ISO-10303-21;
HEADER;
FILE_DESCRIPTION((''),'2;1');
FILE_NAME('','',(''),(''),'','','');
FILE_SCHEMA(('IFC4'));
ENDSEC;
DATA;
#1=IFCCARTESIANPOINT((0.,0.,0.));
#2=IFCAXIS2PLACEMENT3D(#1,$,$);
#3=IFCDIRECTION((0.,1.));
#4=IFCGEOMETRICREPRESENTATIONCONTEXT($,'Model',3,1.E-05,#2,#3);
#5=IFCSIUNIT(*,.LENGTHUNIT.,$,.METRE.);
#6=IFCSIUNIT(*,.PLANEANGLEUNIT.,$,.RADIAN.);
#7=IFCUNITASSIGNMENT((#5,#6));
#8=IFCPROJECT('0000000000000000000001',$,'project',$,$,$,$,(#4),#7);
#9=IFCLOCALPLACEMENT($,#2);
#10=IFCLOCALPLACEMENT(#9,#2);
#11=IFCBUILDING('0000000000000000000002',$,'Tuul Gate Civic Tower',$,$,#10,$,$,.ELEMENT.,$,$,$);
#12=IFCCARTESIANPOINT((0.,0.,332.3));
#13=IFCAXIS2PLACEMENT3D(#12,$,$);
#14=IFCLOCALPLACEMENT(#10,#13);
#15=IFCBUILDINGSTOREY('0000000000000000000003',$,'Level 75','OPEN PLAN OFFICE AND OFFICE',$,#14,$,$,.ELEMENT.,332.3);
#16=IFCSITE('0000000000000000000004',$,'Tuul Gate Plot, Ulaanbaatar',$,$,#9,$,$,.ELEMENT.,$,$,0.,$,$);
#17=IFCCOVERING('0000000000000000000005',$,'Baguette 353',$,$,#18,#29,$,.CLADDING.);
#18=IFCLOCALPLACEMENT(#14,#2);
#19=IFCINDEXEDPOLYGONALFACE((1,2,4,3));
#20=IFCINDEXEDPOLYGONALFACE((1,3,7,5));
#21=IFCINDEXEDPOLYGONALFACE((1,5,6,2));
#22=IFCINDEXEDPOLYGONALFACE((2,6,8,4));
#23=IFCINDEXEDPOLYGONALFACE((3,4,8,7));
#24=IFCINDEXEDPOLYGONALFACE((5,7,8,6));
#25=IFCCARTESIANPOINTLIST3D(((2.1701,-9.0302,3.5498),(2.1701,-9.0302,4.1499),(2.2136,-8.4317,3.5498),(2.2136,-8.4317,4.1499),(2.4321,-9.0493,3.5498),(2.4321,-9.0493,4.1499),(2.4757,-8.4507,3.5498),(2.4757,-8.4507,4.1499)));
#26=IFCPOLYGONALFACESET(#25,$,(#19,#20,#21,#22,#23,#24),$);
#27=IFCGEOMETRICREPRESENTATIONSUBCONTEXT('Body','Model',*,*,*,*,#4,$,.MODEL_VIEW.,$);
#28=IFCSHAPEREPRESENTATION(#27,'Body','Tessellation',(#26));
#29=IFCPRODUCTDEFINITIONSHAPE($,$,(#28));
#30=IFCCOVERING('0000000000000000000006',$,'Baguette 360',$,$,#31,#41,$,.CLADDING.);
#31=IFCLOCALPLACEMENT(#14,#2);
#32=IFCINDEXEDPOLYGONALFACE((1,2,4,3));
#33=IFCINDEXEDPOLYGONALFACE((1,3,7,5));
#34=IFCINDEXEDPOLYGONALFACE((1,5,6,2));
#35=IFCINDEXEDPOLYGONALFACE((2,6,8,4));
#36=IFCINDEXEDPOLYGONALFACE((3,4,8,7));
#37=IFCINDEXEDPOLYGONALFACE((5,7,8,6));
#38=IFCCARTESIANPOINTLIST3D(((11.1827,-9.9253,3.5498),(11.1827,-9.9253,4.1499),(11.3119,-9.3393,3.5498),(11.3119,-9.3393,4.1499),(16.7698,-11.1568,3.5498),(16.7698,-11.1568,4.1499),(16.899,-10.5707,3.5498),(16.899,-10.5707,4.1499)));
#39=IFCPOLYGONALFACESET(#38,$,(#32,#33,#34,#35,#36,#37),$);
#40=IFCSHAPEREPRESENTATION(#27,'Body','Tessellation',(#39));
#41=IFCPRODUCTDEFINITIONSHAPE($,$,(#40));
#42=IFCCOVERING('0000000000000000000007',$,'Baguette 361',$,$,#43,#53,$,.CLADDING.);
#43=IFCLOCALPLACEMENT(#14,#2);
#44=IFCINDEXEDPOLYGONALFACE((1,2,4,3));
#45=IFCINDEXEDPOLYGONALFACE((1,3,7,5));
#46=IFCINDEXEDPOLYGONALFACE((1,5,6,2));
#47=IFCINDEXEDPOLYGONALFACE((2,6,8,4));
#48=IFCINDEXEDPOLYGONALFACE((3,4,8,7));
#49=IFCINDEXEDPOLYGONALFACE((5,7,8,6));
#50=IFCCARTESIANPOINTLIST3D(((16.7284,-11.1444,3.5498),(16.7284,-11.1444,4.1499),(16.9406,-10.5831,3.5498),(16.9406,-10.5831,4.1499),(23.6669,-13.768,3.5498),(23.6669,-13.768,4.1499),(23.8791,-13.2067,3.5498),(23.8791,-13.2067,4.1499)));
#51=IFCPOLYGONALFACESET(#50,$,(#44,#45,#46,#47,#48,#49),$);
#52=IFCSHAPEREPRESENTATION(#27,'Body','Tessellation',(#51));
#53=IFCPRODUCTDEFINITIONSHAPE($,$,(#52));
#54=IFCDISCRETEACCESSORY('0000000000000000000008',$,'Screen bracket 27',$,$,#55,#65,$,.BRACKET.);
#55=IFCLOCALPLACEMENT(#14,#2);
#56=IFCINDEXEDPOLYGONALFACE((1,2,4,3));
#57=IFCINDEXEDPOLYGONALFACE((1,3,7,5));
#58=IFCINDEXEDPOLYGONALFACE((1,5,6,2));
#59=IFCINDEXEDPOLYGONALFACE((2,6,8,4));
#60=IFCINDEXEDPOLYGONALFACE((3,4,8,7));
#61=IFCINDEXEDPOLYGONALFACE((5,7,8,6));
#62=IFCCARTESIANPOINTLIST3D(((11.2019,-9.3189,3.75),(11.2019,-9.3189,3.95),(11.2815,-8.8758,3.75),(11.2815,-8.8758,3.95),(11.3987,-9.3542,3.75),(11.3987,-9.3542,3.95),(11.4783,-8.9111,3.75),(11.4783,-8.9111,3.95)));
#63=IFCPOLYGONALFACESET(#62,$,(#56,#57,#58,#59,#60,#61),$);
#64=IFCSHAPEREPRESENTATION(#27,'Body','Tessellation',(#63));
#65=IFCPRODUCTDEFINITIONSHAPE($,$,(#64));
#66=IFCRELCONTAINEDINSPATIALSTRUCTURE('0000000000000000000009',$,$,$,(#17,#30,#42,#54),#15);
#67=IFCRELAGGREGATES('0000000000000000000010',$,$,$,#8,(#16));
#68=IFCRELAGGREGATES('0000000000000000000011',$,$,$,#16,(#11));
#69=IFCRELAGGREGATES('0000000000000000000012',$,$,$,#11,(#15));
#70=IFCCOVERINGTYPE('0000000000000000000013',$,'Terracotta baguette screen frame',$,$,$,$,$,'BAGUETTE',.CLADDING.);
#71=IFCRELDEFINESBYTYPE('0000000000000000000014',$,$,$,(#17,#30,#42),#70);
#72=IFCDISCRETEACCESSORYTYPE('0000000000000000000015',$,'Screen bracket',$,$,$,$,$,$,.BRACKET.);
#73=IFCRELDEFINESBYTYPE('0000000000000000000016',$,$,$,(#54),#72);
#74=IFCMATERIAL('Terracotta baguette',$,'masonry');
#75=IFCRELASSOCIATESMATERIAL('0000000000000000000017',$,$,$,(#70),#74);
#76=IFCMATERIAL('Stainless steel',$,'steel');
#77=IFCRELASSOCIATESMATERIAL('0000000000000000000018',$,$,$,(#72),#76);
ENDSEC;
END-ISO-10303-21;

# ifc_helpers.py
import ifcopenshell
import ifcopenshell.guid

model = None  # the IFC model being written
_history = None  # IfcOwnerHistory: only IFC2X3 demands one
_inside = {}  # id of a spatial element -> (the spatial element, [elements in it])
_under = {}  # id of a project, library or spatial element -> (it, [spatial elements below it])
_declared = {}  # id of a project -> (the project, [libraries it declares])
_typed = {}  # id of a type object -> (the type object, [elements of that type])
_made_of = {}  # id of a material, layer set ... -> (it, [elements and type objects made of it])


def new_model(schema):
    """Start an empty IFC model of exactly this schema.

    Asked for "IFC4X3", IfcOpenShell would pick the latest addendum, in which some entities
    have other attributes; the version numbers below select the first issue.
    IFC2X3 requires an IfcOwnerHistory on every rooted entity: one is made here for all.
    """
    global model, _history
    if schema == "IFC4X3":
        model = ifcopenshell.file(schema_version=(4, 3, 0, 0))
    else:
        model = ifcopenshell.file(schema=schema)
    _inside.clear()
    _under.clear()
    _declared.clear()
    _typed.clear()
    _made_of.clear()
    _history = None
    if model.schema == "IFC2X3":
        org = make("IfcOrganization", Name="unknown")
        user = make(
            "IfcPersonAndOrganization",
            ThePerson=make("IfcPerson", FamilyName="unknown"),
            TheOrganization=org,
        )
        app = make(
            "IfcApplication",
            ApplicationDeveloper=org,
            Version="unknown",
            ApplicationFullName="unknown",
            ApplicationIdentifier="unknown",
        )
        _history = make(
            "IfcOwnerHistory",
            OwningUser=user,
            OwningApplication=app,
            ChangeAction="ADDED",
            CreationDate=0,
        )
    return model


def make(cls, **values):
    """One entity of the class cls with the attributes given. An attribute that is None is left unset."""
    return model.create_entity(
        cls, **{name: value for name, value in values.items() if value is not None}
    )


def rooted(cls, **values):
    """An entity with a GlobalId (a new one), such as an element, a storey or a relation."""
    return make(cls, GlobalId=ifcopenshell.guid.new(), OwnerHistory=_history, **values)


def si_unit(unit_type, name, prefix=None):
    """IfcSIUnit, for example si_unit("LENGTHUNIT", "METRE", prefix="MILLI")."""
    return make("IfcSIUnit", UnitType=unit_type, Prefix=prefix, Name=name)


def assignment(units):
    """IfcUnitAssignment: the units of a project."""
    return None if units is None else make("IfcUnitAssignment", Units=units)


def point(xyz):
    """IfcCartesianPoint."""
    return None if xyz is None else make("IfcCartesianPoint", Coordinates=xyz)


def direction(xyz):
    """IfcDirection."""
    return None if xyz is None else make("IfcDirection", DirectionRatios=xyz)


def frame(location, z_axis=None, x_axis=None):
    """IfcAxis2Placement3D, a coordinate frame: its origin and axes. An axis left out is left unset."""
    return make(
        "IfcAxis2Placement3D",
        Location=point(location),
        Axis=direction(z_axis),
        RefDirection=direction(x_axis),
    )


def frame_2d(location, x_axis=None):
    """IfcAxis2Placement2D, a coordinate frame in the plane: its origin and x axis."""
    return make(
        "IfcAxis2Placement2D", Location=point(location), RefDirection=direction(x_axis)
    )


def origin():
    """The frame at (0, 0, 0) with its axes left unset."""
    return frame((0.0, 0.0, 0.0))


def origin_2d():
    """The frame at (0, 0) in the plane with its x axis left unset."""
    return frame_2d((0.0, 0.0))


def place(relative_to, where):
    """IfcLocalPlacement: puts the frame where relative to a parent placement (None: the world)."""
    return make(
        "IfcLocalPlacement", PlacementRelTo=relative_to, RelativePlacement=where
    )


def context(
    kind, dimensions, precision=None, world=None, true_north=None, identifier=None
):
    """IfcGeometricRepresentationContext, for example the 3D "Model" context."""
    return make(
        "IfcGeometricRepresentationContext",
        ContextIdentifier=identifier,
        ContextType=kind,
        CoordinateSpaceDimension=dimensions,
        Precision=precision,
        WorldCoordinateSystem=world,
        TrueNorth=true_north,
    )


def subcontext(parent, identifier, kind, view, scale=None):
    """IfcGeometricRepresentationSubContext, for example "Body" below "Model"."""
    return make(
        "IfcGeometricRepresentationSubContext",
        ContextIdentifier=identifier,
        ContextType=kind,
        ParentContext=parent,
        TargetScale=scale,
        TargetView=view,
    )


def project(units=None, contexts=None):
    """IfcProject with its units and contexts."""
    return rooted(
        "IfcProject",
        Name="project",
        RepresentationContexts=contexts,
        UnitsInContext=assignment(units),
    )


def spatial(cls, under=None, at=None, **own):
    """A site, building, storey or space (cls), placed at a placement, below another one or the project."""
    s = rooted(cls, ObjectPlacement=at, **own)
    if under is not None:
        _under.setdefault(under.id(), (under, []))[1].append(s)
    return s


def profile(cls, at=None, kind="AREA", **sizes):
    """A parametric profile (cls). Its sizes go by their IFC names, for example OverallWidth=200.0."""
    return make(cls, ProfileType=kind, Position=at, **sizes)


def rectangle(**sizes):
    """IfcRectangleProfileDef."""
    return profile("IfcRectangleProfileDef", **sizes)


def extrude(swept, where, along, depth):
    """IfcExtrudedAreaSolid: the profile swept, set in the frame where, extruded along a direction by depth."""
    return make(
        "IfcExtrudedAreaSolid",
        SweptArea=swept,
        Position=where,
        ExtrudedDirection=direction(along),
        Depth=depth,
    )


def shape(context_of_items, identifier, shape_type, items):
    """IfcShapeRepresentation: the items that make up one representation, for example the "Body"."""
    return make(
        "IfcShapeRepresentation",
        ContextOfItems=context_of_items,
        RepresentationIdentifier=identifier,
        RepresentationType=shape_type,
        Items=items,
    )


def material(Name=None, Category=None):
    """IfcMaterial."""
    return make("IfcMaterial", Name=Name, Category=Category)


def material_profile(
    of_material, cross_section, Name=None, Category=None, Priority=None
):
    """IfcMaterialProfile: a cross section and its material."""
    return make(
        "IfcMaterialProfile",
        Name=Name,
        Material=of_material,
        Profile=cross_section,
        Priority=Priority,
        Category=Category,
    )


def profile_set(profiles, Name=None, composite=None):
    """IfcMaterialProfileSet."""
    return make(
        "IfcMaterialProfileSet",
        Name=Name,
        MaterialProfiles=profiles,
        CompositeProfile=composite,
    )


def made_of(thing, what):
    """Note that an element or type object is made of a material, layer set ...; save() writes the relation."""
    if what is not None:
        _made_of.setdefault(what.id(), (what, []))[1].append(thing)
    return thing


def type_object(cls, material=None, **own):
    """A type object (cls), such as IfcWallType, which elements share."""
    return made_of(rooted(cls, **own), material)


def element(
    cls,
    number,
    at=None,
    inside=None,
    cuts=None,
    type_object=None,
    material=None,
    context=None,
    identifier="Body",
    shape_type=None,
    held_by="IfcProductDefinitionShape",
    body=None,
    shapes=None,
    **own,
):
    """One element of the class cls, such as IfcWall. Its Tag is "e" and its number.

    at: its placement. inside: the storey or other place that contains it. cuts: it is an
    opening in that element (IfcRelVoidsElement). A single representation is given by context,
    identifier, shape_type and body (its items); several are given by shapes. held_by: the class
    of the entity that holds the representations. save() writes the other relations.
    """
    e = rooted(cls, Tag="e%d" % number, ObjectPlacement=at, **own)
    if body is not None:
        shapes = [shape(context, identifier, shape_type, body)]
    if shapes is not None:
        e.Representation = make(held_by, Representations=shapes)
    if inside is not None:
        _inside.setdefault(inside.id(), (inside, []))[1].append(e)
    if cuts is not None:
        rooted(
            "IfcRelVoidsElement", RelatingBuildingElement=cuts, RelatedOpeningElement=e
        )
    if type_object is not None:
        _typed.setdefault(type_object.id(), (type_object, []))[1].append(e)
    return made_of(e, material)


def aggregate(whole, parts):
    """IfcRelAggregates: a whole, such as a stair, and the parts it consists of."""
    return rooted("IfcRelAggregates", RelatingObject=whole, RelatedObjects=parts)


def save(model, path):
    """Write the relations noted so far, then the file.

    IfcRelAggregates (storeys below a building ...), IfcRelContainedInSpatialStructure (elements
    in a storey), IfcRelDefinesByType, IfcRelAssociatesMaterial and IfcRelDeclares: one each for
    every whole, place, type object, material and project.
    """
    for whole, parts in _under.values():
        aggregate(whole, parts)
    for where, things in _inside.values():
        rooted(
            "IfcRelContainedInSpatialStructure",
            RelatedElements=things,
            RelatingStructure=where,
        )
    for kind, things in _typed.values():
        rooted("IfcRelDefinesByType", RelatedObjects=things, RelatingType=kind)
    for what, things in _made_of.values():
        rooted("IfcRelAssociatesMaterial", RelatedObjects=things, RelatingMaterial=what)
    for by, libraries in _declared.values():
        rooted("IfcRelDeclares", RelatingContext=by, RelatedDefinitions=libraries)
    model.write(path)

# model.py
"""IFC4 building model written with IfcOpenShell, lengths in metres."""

from ifc_helpers import new_model, si_unit, direction, frame, origin, origin_2d, place, context, subcontext, project, spatial, rectangle, extrude, material, material_profile, profile_set, type_object, element, save


model = new_model("IFC4")

# Units and contexts
model_context = context("Model", 3, precision=1e-05, world=origin(), true_north=direction((0.0, 1.0)))
body_context = subcontext(model_context, "Body", "Model", "MODEL_VIEW")
ifc_project = project(units=[si_unit("LENGTHUNIT", "METRE"), si_unit("PLANEANGLEUNIT", "RADIAN")], contexts=[model_context])

# Site, building, storey
site_placement = place(None, origin())
site = spatial("IfcSite", under=ifc_project, at=site_placement, Name="Tuul Gate Plot, Ulaanbaatar", CompositionType="ELEMENT", RefElevation=0.0)
building_placement = place(site_placement, origin())
building = spatial("IfcBuilding", under=site, at=building_placement, Name="Tuul Gate Civic Tower", CompositionType="ELEMENT")
storey_placement = place(building_placement, frame((0.0, 0.0, 332.3)))
storey = spatial("IfcBuildingStorey", under=building, at=storey_placement, Name="Level 75", Description="OPEN PLAN OFFICE AND OFFICE", CompositionType="ELEMENT", Elevation=332.3)

# Coverings
ifc_material_1 = material(Name="Terracotta baguette", Category="masonry")
ifc_material_profile_1 = material_profile(ifc_material_1, rectangle(XDim=0.6001, YDim=0.6001, at=origin_2d()), Name="Terracotta baguette screen frame")
ifc_profile_set_1 = profile_set([ifc_material_profile_1], Name="Terracotta baguette")
covering_type = type_object("IfcCoveringType", Name="Terracotta baguette screen frame", ElementType="BAGUETTE", PredefinedType="CLADDING", material=ifc_profile_set_1)
covering_1_placement = place(storey_placement, frame((2.1919, -8.731, 3.8499), z_axis=(0.997368, -0.072502, 0.0), x_axis=(0.072502, 0.997368, 0.0)))
element("IfcCovering", 1, at=covering_1_placement, inside=storey, type_object=covering_type, Name="Baguette 353", PredefinedType="CLADDING", context=body_context, shape_type="SweptSolid", body=[
    extrude(rectangle(XDim=0.6001, YDim=0.6001, at=origin_2d()), origin(), (0.0, 0.0, 1.0), 0.2627),
])
covering_2_placement = place(storey_placement, frame((11.2473, -9.6323, 3.8499), z_axis=(0.976561, -0.21524, 0.0), x_axis=(0.21524, 0.976561, 0.0)))
element("IfcCovering", 2, at=covering_2_placement, inside=storey, type_object=covering_type, Name="Baguette 360", PredefinedType="CLADDING", context=body_context, shape_type="SweptSolid", body=[
    extrude(rectangle(XDim=0.6001, YDim=0.6001, at=origin_2d()), origin(), (0.0, 0.0, 1.0), 5.7212),
])
covering_3_placement = place(storey_placement, frame((16.8345, -10.8638, 3.8499), z_axis=(0.935368, -0.353676, 0.0), x_axis=(0.353676, 0.935368, 0.0)))
element("IfcCovering", 3, at=covering_3_placement, inside=storey, type_object=covering_type, Name="Baguette 361", PredefinedType="CLADDING", context=body_context, shape_type="SweptSolid", body=[
    extrude(rectangle(XDim=0.6001, YDim=0.6001, at=origin_2d()), origin(), (0.0, 0.0, 1.0), 7.418),
])

# Discrete accessory
ifc_material_2 = material(Name="Stainless steel", Category="steel")
discrete_accessory_type = type_object("IfcDiscreteAccessoryType", Name="Screen bracket", PredefinedType="BRACKET", material=ifc_material_2)
discrete_accessory_placement = place(storey_placement, frame((11.3401, -9.115, 3.75), z_axis=(0.0, 0.0, 1.0), x_axis=(-0.176726, -0.98426, 0.0)))
element("IfcDiscreteAccessory", 4, at=discrete_accessory_placement, inside=storey, type_object=discrete_accessory_type, Name="Screen bracket 27", PredefinedType="BRACKET", context=body_context, shape_type="SweptSolid", body=[
    extrude(rectangle(XDim=0.4502, YDim=0.2, at=origin_2d()), origin(), (0.0, 0.0, 1.0), 0.2),
])

save(model, "model.ifc")
